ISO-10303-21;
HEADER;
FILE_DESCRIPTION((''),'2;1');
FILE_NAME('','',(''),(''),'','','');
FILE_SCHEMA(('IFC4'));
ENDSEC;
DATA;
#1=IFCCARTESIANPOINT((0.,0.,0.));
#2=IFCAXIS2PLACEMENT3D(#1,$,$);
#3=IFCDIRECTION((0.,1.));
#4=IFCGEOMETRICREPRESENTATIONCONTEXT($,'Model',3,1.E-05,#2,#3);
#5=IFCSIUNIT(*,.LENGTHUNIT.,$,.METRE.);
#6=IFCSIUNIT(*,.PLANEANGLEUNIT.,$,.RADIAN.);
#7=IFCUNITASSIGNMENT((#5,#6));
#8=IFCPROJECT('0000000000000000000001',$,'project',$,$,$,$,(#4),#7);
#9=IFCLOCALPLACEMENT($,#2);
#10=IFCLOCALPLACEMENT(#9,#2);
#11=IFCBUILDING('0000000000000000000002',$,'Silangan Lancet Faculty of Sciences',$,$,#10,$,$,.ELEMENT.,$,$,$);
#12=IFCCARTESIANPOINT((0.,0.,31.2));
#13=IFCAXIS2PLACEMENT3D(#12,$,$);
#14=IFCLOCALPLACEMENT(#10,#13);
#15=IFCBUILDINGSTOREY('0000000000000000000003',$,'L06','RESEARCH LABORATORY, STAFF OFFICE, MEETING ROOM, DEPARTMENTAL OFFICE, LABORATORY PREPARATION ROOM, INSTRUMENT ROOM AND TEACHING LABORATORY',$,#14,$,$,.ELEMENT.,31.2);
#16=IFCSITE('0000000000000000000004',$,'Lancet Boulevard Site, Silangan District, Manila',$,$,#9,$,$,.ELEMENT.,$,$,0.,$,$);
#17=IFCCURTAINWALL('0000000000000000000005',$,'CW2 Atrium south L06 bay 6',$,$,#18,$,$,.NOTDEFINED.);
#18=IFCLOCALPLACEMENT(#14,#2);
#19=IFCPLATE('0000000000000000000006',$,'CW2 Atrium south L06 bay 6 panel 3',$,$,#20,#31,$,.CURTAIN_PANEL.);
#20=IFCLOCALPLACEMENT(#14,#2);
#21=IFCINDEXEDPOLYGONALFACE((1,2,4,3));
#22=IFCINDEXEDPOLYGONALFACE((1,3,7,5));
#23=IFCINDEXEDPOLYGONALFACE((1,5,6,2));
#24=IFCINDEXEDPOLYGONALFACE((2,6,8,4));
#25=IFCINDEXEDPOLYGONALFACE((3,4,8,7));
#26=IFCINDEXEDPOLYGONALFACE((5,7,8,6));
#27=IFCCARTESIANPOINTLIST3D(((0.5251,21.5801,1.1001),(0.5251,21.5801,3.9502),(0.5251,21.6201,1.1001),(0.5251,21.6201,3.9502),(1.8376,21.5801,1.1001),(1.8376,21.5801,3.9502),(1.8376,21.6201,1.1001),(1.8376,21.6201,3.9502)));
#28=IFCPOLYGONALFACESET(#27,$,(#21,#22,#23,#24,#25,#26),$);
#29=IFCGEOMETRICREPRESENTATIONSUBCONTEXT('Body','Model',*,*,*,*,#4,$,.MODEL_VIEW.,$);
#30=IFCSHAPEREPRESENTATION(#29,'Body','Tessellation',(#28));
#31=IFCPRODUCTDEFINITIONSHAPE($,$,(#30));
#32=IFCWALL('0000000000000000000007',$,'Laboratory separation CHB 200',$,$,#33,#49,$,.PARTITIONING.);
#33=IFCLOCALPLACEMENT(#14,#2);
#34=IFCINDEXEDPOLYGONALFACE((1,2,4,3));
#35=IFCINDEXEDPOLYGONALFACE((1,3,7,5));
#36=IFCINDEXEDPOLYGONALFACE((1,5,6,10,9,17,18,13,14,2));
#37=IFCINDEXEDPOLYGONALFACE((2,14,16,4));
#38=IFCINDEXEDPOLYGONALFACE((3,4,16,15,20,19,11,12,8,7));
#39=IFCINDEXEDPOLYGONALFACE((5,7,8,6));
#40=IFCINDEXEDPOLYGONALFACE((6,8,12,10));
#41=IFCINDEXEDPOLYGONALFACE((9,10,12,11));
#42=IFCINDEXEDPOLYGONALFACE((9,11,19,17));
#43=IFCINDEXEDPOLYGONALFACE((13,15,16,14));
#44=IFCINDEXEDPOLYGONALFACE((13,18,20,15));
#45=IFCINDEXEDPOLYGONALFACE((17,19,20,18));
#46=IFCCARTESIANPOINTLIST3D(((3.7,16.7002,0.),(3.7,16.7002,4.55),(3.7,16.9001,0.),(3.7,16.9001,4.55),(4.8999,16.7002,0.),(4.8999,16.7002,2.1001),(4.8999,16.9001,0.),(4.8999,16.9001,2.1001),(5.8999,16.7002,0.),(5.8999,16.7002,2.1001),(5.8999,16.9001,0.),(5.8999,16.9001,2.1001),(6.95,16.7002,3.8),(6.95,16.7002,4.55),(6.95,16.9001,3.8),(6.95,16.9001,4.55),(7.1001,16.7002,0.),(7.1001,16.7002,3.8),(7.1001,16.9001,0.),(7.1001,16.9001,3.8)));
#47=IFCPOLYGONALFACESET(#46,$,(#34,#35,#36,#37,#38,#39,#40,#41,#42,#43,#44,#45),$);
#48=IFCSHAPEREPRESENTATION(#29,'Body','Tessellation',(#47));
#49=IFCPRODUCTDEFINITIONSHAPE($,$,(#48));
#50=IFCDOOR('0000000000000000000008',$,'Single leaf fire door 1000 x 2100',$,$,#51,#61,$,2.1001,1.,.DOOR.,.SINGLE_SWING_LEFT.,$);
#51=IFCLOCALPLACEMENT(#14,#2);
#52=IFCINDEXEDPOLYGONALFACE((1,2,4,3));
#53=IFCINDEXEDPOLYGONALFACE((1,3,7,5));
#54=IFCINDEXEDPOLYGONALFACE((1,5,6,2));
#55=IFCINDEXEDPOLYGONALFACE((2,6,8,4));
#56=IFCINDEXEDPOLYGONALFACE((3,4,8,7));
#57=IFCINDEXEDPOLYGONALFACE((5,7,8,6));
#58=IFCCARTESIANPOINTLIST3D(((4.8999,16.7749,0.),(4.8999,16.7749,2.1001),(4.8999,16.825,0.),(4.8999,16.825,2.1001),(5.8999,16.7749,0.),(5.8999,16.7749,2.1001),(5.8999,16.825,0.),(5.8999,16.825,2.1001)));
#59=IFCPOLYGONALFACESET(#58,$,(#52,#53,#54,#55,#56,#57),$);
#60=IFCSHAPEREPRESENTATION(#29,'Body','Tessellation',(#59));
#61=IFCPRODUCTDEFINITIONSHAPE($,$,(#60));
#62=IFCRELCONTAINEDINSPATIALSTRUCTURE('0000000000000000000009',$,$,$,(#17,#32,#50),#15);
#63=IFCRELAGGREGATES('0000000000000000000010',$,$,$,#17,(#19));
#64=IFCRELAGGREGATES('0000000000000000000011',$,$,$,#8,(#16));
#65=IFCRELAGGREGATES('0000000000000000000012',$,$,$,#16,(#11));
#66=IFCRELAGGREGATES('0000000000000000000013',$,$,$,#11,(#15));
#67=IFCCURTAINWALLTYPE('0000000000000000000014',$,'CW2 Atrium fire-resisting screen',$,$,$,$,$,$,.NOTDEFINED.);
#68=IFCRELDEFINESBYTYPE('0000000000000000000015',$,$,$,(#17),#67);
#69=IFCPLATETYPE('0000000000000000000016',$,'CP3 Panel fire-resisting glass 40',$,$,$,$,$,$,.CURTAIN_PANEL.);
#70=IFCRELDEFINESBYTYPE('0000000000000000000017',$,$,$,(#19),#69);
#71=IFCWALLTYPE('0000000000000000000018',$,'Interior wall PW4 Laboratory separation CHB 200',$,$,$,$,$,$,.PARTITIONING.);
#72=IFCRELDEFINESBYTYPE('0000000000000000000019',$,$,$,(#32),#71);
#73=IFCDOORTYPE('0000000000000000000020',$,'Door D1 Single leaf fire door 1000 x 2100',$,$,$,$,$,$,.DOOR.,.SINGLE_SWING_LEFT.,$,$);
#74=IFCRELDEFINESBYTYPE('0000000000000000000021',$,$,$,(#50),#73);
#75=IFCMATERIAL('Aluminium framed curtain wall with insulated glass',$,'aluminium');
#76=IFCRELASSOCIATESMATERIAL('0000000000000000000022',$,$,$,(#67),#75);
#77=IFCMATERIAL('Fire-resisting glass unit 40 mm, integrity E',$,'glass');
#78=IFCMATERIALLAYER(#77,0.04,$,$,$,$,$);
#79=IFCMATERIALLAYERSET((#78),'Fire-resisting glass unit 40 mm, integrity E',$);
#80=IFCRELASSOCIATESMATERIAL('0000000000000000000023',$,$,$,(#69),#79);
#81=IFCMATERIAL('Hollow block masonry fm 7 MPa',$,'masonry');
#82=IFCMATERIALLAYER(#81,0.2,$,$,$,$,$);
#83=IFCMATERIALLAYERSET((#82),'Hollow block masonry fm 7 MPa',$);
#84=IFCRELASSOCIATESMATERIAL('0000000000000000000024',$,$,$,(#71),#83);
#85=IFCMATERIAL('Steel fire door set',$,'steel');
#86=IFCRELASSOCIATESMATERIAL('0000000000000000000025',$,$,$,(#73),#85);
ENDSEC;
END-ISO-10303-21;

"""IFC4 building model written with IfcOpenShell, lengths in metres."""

from ifc_helpers import new_model, si_unit, direction, frame, frame_2d, origin, origin_2d, place, context, subcontext, project, spatial, polyline, rectangle, outline, extrude, material, layer, layer_set, type_object, element, fill, aggregate, save


model = new_model("IFC4")

# Units and contexts
model_context = context("Model", 3, precision=1e-05, world=origin(), true_north=direction((0.0, 1.0)))
body_context = subcontext(model_context, "Body", "Model", "MODEL_VIEW")
ifc_project = project(units=[si_unit("LENGTHUNIT", "METRE"), si_unit("PLANEANGLEUNIT", "RADIAN")], contexts=[model_context])

# Site, building, storey
site_placement = place(None, origin())
site = spatial("IfcSite", under=ifc_project, at=site_placement, Name="Lancet Boulevard Site, Silangan District, Manila", CompositionType="ELEMENT", RefElevation=0.0)
building_placement = place(site_placement, origin())
building = spatial("IfcBuilding", under=site, at=building_placement, Name="Silangan Lancet Faculty of Sciences", CompositionType="ELEMENT")
storey_placement = place(building_placement, frame((0.0, 0.0, 31.2)))
storey = spatial("IfcBuildingStorey", under=building, at=storey_placement, Name="L06", Description="RESEARCH LABORATORY, STAFF OFFICE, MEETING ROOM, DEPARTMENTAL OFFICE, LABORATORY PREPARATION ROOM, INSTRUMENT ROOM AND TEACHING LABORATORY", CompositionType="ELEMENT", Elevation=31.2)

# Curtain wall
ifc_material_1 = material(Name="Aluminium framed curtain wall with insulated glass", Category="aluminium")
curtain_wall_type_1 = type_object("IfcCurtainWallType", Name="CW2 Atrium fire-resisting screen", PredefinedType="NOTDEFINED", material=ifc_material_1)
curtain_wall_1_placement = place(storey_placement, origin())
curtain_wall_1 = element("IfcCurtainWall", 1, at=curtain_wall_1_placement, inside=storey, type_object=curtain_wall_type_1, Name="CW2 Atrium south L06 bay 6", PredefinedType="NOTDEFINED")

# Plate
ifc_material_2 = material(Name="Fire-resisting glass unit 40 mm, integrity E", Category="glass")
ifc_layer_1 = layer(ifc_material_2, 0.04)
ifc_layer_set_1 = layer_set([ifc_layer_1], Name="Fire-resisting glass unit 40 mm, integrity E")
plate_type_1 = type_object("IfcPlateType", Name="CP3 Panel fire-resisting glass 40", PredefinedType="CURTAIN_PANEL", material=ifc_layer_set_1)
plate_1_placement = place(storey_placement, frame((1.1814, 21.6001, 1.1001), z_axis=(0.0, 0.0, 1.0), x_axis=(-1.0, 0.0, 0.0)))
plate_1 = element("IfcPlate", 2, at=plate_1_placement, type_object=plate_type_1, Name="CW2 Atrium south L06 bay 6 panel 3", PredefinedType="CURTAIN_PANEL", context=body_context, shape_type="SweptSolid", body=[
    extrude(rectangle(XDim=1.3125, YDim=0.04, at=origin_2d()), origin(), (0.0, 0.0, 1.0), 2.8501),
])
aggregate(curtain_wall_1, [plate_1])

# Wall, opening, door
ifc_material_3 = material(Name="Hollow block masonry fm 7 MPa", Category="masonry")
ifc_layer_2 = layer(ifc_material_3, 0.2)
ifc_layer_set_2 = layer_set([ifc_layer_2], Name="Hollow block masonry fm 7 MPa")
wall_type = type_object("IfcWallType", Name="Interior wall PW4 Laboratory separation CHB 200", PredefinedType="PARTITIONING", material=ifc_layer_set_2)
wall_placement = place(storey_placement, frame((3.7, 16.8, 0.0), z_axis=(0.0, 0.0, 1.0), x_axis=(1.0, 0.0, 0.0)))
wall = element("IfcWall", 3, at=wall_placement, inside=storey, type_object=wall_type, Name="Laboratory separation CHB 200", PredefinedType="PARTITIONING", context=body_context, shape_type="SweptSolid", body=[
    extrude(outline(polyline([(0.0, 0.0), (3.4001, 0.0), (3.4001, 3.8), (3.25, 3.8), (3.25, 4.55), (0.0, 4.55), (0.0, 0.0)])), frame((0.0, 0.1001, 0.0), z_axis=(0.0, -1.0, 0.0), x_axis=(1.0, 0.0, 0.0)), (0.0, 0.0, 1.0), 0.2),
])
opening_placement = place(wall_placement, frame((1.2, 0.0, 0.0)))
opening = element("IfcOpeningElement", 4, at=opening_placement, cuts=wall, PredefinedType="OPENING", context=body_context, shape_type="SweptSolid", body=[
    extrude(rectangle(XDim=1.0, YDim=2.1001, at=frame_2d((0.5, 1.05))), frame((0.0, 0.1099, 0.0), z_axis=(0.0, -1.0, 0.0), x_axis=(1.0, 0.0, 0.0)), (0.0, 0.0, 1.0), 0.22),
])
ifc_material_4 = material(Name="Steel fire door set", Category="steel")
door_type = type_object("IfcDoorType", Name="Door D1 Single leaf fire door 1000 x 2100", OperationType="SINGLE_SWING_LEFT", PredefinedType="DOOR", material=ifc_material_4)
door_placement = place(opening_placement, origin())
door = element("IfcDoor", 5, at=door_placement, inside=storey, type_object=door_type, Name="Single leaf fire door 1000 x 2100", OperationType="SINGLE_SWING_LEFT", OverallHeight=2.1001, OverallWidth=1.0, PredefinedType="DOOR", context=body_context, shape_type="SweptSolid", body=[
    extrude(rectangle(XDim=1.0, YDim=2.1001, at=frame_2d((0.5, 1.05))), frame((0.0, 0.0249, 0.0), z_axis=(0.0, -1.0, 0.0), x_axis=(1.0, 0.0, 0.0)), (0.0, 0.0, 1.0), 0.05),
])
fill(opening, door)

save(model, "model.ifc")
